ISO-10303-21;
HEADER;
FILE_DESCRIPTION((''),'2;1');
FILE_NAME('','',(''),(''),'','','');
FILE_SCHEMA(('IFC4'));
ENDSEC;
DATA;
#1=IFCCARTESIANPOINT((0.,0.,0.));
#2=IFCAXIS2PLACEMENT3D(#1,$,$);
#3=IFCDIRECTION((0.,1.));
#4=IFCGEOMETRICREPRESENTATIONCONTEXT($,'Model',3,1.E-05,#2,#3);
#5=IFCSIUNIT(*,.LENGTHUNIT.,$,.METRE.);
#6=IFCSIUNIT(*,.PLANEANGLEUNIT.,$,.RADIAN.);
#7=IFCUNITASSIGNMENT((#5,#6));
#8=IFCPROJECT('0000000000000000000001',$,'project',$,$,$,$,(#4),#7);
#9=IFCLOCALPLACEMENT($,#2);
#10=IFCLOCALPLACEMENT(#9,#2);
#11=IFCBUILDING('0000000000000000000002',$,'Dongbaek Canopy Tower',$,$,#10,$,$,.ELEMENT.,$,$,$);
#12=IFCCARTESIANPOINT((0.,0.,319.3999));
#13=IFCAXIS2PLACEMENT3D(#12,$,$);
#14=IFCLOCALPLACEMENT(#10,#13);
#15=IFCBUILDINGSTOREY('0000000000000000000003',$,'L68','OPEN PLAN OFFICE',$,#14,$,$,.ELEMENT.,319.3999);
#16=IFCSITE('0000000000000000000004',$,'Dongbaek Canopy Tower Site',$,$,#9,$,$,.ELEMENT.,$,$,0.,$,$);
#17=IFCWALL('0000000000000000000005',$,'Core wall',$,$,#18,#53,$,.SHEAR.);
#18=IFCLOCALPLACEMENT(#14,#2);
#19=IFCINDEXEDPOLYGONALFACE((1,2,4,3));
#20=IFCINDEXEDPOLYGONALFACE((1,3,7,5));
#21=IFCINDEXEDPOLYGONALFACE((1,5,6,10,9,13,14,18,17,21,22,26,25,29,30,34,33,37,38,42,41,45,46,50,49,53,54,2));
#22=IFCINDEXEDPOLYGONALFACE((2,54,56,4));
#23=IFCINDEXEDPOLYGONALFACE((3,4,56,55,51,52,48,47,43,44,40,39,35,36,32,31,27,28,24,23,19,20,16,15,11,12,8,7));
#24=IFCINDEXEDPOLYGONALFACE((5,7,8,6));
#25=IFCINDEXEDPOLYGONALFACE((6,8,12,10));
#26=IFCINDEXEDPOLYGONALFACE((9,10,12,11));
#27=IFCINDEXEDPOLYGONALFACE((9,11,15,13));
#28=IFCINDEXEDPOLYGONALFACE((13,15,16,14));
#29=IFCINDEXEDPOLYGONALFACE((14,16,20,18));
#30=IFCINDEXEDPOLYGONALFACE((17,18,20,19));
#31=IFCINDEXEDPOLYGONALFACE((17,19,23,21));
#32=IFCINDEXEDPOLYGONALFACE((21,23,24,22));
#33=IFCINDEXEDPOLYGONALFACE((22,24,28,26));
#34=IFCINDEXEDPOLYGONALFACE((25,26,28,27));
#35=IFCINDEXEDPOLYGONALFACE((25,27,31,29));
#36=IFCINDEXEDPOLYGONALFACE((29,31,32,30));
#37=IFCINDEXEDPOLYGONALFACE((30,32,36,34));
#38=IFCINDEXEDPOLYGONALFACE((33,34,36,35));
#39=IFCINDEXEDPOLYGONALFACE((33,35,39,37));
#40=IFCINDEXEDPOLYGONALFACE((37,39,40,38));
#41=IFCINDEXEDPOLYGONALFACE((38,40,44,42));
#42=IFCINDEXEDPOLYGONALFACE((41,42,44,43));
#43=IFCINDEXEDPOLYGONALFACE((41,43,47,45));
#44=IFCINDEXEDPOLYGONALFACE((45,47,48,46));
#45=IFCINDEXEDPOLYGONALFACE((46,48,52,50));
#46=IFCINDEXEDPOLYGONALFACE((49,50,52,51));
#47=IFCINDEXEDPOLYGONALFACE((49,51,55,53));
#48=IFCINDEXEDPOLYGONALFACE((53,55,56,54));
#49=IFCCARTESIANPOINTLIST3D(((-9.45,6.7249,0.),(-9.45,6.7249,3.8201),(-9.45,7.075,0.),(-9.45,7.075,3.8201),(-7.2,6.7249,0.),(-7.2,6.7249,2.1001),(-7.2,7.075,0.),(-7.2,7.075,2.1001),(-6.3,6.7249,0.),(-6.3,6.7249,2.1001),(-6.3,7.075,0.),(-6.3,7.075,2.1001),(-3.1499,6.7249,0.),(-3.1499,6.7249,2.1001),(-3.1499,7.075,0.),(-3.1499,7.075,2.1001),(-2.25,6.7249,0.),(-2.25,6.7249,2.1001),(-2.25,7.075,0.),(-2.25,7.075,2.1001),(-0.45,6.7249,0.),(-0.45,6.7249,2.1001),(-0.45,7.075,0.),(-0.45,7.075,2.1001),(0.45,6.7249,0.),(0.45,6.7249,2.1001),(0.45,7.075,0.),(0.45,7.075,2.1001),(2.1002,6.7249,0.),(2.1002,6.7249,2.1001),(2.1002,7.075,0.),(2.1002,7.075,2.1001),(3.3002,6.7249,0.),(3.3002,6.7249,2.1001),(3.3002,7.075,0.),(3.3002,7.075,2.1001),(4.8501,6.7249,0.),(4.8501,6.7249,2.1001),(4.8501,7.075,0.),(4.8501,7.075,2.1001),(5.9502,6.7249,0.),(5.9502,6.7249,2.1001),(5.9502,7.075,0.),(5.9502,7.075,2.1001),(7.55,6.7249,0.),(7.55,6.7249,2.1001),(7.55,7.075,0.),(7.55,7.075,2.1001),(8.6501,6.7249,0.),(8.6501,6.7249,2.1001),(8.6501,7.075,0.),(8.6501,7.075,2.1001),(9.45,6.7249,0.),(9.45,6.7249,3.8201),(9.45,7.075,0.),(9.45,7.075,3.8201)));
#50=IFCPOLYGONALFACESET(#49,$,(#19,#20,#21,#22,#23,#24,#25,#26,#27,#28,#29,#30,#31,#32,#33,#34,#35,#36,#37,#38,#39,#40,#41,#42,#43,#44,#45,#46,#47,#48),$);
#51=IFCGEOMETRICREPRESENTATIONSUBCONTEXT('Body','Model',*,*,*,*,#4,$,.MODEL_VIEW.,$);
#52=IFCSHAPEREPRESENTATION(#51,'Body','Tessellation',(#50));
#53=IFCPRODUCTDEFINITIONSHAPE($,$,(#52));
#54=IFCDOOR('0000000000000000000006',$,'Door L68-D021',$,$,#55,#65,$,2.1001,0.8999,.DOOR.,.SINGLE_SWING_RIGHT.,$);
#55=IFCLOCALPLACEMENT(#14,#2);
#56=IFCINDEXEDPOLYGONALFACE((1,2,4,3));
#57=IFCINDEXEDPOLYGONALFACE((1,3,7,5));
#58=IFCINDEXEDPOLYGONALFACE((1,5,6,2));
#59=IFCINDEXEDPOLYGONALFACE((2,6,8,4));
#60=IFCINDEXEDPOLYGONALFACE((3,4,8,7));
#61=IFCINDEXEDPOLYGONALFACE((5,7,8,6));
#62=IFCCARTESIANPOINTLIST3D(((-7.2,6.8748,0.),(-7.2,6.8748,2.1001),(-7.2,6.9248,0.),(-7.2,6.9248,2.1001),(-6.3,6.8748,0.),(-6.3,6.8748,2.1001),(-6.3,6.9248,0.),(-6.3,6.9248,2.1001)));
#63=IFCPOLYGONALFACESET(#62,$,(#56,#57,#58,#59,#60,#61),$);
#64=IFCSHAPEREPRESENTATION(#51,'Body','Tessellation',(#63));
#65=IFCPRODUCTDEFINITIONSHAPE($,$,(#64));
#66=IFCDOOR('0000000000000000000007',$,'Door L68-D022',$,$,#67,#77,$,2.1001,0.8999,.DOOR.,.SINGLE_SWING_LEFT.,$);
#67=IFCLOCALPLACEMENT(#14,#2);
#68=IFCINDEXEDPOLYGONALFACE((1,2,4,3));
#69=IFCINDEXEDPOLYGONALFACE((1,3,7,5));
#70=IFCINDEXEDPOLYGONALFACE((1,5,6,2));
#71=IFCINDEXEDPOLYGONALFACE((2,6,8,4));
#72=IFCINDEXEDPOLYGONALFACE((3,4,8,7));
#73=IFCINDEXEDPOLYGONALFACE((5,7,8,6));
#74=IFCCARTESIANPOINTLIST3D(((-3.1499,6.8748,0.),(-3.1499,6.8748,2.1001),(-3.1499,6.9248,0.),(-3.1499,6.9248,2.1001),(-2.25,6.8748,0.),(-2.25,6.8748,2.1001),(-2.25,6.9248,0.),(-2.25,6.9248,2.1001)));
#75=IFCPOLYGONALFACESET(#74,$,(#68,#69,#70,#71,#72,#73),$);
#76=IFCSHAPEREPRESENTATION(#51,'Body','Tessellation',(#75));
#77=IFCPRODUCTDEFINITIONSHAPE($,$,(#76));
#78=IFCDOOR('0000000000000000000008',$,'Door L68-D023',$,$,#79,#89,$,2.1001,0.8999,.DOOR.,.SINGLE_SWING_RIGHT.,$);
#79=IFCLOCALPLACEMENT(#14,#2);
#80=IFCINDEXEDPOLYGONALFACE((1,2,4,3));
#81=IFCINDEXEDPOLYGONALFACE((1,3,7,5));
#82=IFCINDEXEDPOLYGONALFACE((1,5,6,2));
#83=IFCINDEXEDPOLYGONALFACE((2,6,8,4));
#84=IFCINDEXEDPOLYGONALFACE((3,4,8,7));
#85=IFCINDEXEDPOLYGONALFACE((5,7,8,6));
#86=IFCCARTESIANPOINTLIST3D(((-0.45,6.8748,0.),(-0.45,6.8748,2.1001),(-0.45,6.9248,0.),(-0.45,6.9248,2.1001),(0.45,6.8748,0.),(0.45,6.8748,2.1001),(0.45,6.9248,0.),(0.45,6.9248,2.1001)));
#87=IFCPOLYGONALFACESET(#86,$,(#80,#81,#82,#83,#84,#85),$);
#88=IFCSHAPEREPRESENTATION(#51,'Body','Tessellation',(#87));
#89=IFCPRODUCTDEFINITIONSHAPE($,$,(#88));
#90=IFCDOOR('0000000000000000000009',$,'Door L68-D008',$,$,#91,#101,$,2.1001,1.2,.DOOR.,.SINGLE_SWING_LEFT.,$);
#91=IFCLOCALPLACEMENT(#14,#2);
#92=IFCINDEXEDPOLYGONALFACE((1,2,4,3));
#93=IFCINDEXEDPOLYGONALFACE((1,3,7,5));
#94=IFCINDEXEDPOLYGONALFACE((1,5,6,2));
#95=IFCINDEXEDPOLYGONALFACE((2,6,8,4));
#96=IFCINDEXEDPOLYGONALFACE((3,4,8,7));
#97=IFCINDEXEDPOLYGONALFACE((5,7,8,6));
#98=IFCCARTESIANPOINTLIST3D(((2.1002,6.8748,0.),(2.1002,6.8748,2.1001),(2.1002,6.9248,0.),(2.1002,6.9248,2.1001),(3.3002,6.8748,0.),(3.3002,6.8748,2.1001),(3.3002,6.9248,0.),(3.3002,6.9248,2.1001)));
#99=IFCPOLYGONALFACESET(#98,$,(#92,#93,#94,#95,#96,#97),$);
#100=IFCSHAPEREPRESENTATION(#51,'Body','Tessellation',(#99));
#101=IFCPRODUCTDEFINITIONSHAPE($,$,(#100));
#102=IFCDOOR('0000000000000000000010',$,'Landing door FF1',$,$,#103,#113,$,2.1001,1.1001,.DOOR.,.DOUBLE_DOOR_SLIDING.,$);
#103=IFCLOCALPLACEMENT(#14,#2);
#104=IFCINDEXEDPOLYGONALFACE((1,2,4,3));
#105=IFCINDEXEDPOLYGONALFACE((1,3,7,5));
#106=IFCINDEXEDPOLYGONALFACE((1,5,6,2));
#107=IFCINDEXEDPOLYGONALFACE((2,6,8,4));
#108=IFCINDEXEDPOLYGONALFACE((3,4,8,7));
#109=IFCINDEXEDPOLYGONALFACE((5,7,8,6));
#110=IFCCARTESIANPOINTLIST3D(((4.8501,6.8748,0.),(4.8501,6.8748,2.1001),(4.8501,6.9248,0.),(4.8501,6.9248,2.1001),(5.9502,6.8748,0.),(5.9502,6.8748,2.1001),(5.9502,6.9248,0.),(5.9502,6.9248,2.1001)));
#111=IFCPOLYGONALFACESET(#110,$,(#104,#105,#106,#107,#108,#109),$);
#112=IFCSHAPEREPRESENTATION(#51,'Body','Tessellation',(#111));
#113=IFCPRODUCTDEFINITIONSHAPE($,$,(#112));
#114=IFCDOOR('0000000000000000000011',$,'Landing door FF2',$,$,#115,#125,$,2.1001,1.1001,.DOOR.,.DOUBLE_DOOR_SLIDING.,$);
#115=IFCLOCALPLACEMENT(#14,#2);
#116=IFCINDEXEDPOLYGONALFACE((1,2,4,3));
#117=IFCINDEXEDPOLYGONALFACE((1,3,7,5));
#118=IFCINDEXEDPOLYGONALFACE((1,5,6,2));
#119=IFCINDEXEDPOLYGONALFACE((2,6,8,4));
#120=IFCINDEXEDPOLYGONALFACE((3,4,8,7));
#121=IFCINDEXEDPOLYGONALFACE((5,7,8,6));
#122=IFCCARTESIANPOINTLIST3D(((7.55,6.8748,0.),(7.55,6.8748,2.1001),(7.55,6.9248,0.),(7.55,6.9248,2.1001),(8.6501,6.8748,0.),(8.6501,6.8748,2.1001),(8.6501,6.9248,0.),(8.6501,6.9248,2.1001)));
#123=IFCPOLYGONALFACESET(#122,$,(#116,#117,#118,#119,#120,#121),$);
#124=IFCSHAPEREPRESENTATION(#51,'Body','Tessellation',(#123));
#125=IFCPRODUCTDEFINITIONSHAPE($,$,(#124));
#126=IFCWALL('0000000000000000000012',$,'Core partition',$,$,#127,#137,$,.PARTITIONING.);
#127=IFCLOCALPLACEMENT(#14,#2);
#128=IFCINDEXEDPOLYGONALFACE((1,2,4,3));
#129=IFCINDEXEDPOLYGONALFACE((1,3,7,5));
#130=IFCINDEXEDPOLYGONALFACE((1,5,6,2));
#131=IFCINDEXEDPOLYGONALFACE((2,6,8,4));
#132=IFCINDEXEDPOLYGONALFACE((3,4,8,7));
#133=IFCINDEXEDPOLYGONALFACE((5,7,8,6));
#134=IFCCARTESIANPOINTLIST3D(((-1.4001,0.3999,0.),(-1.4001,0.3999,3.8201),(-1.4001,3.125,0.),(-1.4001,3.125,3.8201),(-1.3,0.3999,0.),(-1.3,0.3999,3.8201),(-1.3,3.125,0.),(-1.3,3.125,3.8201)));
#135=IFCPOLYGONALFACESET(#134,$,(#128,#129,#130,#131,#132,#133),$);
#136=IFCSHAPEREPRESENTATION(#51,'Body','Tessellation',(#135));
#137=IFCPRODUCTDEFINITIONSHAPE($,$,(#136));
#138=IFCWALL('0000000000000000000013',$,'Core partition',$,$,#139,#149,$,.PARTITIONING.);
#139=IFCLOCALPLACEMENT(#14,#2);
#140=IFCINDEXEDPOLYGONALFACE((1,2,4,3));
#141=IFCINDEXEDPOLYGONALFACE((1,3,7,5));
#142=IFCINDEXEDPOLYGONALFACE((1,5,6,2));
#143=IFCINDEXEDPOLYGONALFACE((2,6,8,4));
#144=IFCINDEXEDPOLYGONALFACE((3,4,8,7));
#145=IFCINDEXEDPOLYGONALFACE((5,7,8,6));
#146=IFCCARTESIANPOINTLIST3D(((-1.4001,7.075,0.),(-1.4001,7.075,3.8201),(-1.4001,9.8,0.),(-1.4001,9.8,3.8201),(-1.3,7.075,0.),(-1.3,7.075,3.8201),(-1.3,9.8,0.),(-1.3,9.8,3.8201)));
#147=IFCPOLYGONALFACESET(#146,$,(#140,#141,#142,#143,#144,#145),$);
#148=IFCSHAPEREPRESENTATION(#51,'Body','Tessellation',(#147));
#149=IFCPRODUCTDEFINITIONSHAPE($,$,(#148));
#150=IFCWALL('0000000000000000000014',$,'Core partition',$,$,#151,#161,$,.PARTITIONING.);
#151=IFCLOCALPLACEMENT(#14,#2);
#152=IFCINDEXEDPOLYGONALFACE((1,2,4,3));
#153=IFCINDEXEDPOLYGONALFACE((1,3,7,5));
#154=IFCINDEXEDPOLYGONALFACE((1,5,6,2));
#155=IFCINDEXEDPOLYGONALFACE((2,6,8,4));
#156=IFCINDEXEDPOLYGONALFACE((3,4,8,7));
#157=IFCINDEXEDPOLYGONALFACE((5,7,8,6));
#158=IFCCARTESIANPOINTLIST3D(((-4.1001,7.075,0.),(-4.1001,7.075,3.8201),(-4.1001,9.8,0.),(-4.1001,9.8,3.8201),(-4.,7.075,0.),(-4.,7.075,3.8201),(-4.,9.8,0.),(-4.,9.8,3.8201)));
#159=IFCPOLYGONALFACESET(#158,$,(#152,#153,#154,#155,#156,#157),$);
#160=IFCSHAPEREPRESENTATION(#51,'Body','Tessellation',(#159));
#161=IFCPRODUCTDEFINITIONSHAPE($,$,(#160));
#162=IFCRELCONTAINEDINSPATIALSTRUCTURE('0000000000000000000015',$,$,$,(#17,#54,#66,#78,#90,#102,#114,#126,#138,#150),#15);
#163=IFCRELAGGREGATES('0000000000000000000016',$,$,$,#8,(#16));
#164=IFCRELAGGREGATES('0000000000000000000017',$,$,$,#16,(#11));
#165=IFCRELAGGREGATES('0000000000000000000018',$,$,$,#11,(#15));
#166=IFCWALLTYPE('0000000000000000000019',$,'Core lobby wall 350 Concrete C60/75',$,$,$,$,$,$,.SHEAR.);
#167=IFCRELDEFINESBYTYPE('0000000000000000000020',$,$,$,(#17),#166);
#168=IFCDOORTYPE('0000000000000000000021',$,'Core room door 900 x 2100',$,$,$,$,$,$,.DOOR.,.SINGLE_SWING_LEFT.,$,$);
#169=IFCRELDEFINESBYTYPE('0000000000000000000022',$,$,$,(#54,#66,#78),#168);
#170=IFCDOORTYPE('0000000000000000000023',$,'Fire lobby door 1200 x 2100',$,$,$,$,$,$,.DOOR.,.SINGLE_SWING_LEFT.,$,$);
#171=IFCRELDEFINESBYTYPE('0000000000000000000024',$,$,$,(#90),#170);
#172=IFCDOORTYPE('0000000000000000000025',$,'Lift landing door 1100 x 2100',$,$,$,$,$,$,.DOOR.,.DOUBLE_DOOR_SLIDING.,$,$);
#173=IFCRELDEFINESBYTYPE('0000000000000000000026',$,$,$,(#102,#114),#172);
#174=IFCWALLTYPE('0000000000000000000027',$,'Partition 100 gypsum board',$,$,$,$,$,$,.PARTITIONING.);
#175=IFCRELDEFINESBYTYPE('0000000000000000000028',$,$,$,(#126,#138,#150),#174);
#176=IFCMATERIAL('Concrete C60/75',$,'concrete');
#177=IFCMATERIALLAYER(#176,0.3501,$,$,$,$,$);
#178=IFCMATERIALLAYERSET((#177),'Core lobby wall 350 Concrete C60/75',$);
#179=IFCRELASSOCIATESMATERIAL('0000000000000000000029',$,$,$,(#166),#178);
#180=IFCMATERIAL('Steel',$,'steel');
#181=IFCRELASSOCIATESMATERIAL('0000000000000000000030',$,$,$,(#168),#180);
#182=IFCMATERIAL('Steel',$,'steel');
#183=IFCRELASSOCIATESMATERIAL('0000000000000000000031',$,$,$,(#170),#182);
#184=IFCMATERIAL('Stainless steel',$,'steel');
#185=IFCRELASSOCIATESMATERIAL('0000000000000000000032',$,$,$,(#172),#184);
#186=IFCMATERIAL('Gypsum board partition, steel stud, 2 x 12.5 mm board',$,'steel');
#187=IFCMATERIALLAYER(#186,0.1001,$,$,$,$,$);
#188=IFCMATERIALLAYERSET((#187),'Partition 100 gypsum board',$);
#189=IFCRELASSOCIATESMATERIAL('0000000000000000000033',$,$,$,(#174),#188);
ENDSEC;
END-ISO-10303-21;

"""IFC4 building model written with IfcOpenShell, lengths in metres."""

from ifc_helpers import new_model, si_unit, direction, frame, frame_2d, origin, place, context, subcontext, project, spatial, rectangle, extrude, material, layer, layer_set, type_object, element, fill, save


model = new_model("IFC4")

# Units and contexts
model_context = context("Model", 3, precision=1e-05, world=origin(), true_north=direction((0.0, 1.0)))
body_context = subcontext(model_context, "Body", "Model", "MODEL_VIEW")
ifc_project = project(units=[si_unit("LENGTHUNIT", "METRE"), si_unit("PLANEANGLEUNIT", "RADIAN")], contexts=[model_context])

# Site, building, storey
site_placement = place(None, origin())
site = spatial("IfcSite", under=ifc_project, at=site_placement, Name="Dongbaek Canopy Tower Site", CompositionType="ELEMENT", RefElevation=0.0)
building_placement = place(site_placement, origin())
building = spatial("IfcBuilding", under=site, at=building_placement, Name="Dongbaek Canopy Tower", CompositionType="ELEMENT")
storey_placement = place(building_placement, frame((0.0, 0.0, 319.3999)))
storey = spatial("IfcBuildingStorey", under=building, at=storey_placement, Name="L68", Description="OPEN PLAN OFFICE", CompositionType="ELEMENT", Elevation=319.3999)

# Wall, openings, doors
ifc_material_1 = material(Name="Concrete C60/75", Category="concrete")
ifc_layer_1 = layer(ifc_material_1, 0.3501)
ifc_layer_set_1 = layer_set([ifc_layer_1], Name="Core lobby wall 350 Concrete C60/75")
wall_type_1 = type_object("IfcWallType", Name="Core lobby wall 350 Concrete C60/75", PredefinedType="SHEAR", material=ifc_layer_set_1)
wall_1_placement = place(storey_placement, frame((-9.45, 6.8999, 0.0), z_axis=(0.0, 0.0, 1.0), x_axis=(1.0, 0.0, 0.0)))
wall_1 = element("IfcWall", 1, at=wall_1_placement, inside=storey, type_object=wall_type_1, Name="Core wall", PredefinedType="SHEAR", context=body_context, shape_type="SweptSolid", body=[
    extrude(rectangle(XDim=18.8999, YDim=0.3501, at=frame_2d((9.45, 0.0))), origin(), (0.0, 0.0, 1.0), 3.8201),
])
opening_1_placement = place(wall_1_placement, frame((11.55, 0.0, 0.0)))
opening_1 = element("IfcOpeningElement", 2, at=opening_1_placement, cuts=wall_1, PredefinedType="OPENING", context=body_context, shape_type="SweptSolid", body=[
    extrude(rectangle(XDim=1.2, YDim=2.1001, at=frame_2d((0.6001, 1.05))), frame((0.0, 0.1851, 0.0), z_axis=(0.0, -1.0, 0.0), x_axis=(1.0, 0.0, 0.0)), (0.0, 0.0, 1.0), 0.3701),
])
opening_2_placement = place(wall_1_placement, frame((14.3, 0.0, 0.0)))
opening_2 = element("IfcOpeningElement", 3, at=opening_2_placement, cuts=wall_1, PredefinedType="OPENING", context=body_context, shape_type="SweptSolid", body=[
    extrude(rectangle(XDim=1.1001, YDim=2.1001, at=frame_2d((0.55, 1.05))), frame((0.0, 0.1851, 0.0), z_axis=(0.0, -1.0, 0.0), x_axis=(1.0, 0.0, 0.0)), (0.0, 0.0, 1.0), 0.3701),
])
opening_3_placement = place(wall_1_placement, frame((17.0, 0.0, 0.0)))
opening_3 = element("IfcOpeningElement", 4, at=opening_3_placement, cuts=wall_1, PredefinedType="OPENING", context=body_context, shape_type="SweptSolid", body=[
    extrude(rectangle(XDim=1.1001, YDim=2.1001, at=frame_2d((0.55, 1.05))), frame((0.0, 0.1851, 0.0), z_axis=(0.0, -1.0, 0.0), x_axis=(1.0, 0.0, 0.0)), (0.0, 0.0, 1.0), 0.3701),
])
opening_4_placement = place(wall_1_placement, frame((2.25, 0.0, 0.0)))
opening_4 = element("IfcOpeningElement", 5, at=opening_4_placement, cuts=wall_1, PredefinedType="OPENING", context=body_context, shape_type="SweptSolid", body=[
    extrude(rectangle(XDim=0.8999, YDim=2.1001, at=frame_2d((0.45, 1.05))), frame((0.0, 0.1851, 0.0), z_axis=(0.0, -1.0, 0.0), x_axis=(1.0, 0.0, 0.0)), (0.0, 0.0, 1.0), 0.3701),
])
opening_5_placement = place(wall_1_placement, frame((6.3, 0.0, 0.0)))
opening_5 = element("IfcOpeningElement", 6, at=opening_5_placement, cuts=wall_1, PredefinedType="OPENING", context=body_context, shape_type="SweptSolid", body=[
    extrude(rectangle(XDim=0.8999, YDim=2.1001, at=frame_2d((0.45, 1.05))), frame((0.0, 0.1851, 0.0), z_axis=(0.0, -1.0, 0.0), x_axis=(1.0, 0.0, 0.0)), (0.0, 0.0, 1.0), 0.3701),
])
opening_6_placement = place(wall_1_placement, frame((9.0, 0.0, 0.0)))
opening_6 = element("IfcOpeningElement", 7, at=opening_6_placement, cuts=wall_1, PredefinedType="OPENING", context=body_context, shape_type="SweptSolid", body=[
    extrude(rectangle(XDim=0.8999, YDim=2.1001, at=frame_2d((0.45, 1.05))), frame((0.0, 0.1851, 0.0), z_axis=(0.0, -1.0, 0.0), x_axis=(1.0, 0.0, 0.0)), (0.0, 0.0, 1.0), 0.3701),
])
ifc_material_2 = material(Name="Steel", Category="steel")
door_type_1 = type_object("IfcDoorType", Name="Core room door 900 x 2100", OperationType="SINGLE_SWING_LEFT", PredefinedType="DOOR", material=ifc_material_2)
door_1_placement = place(opening_4_placement, origin())
door_1 = element("IfcDoor", 8, at=door_1_placement, inside=storey, type_object=door_type_1, Name="Door L68-D021", OperationType="SINGLE_SWING_RIGHT", OverallHeight=2.1001, OverallWidth=0.8999, PredefinedType="DOOR", context=body_context, shape_type="SweptSolid", body=[
    extrude(rectangle(XDim=0.8999, YDim=2.1001, at=frame_2d((0.45, 1.05))), frame((0.0, 0.0249, 0.0), z_axis=(0.0, -1.0, 0.0), x_axis=(1.0, 0.0, 0.0)), (0.0, 0.0, 1.0), 0.05),
])
fill(opening_4, door_1)
door_2_placement = place(opening_5_placement, origin())
door_2 = element("IfcDoor", 9, at=door_2_placement, inside=storey, type_object=door_type_1, Name="Door L68-D022", OperationType="SINGLE_SWING_LEFT", OverallHeight=2.1001, OverallWidth=0.8999, PredefinedType="DOOR", context=body_context, shape_type="SweptSolid", body=[
    extrude(rectangle(XDim=0.8999, YDim=2.1001, at=frame_2d((0.45, 1.05))), frame((0.0, 0.0249, 0.0), z_axis=(0.0, -1.0, 0.0), x_axis=(1.0, 0.0, 0.0)), (0.0, 0.0, 1.0), 0.05),
])
fill(opening_5, door_2)
door_3_placement = place(opening_6_placement, origin())
door_3 = element("IfcDoor", 10, at=door_3_placement, inside=storey, type_object=door_type_1, Name="Door L68-D023", OperationType="SINGLE_SWING_RIGHT", OverallHeight=2.1001, OverallWidth=0.8999, PredefinedType="DOOR", context=body_context, shape_type="SweptSolid", body=[
    extrude(rectangle(XDim=0.8999, YDim=2.1001, at=frame_2d((0.45, 1.05))), frame((0.0, 0.0249, 0.0), z_axis=(0.0, -1.0, 0.0), x_axis=(1.0, 0.0, 0.0)), (0.0, 0.0, 1.0), 0.05),
])
fill(opening_6, door_3)
ifc_material_3 = material(Name="Steel", Category="steel")
door_type_2 = type_object("IfcDoorType", Name="Fire lobby door 1200 x 2100", OperationType="SINGLE_SWING_LEFT", PredefinedType="DOOR", material=ifc_material_3)
door_4_placement = place(opening_1_placement, origin())
door_4 = element("IfcDoor", 11, at=door_4_placement, inside=storey, type_object=door_type_2, Name="Door L68-D008", OperationType="SINGLE_SWING_LEFT", OverallHeight=2.1001, OverallWidth=1.2, PredefinedType="DOOR", context=body_context, shape_type="SweptSolid", body=[
    extrude(rectangle(XDim=1.2, YDim=2.1001, at=frame_2d((0.6001, 1.05))), frame((0.0, 0.0249, 0.0), z_axis=(0.0, -1.0, 0.0), x_axis=(1.0, 0.0, 0.0)), (0.0, 0.0, 1.0), 0.05),
])
fill(opening_1, door_4)
ifc_material_4 = material(Name="Stainless steel", Category="steel")
door_type_3 = type_object("IfcDoorType", Name="Lift landing door 1100 x 2100", OperationType="DOUBLE_DOOR_SLIDING", PredefinedType="DOOR", material=ifc_material_4)
door_5_placement = place(opening_2_placement, origin())
door_5 = element("IfcDoor", 12, at=door_5_placement, inside=storey, type_object=door_type_3, Name="Landing door FF1", OperationType="DOUBLE_DOOR_SLIDING", OverallHeight=2.1001, OverallWidth=1.1001, PredefinedType="DOOR", context=body_context, shape_type="SweptSolid", body=[
    extrude(rectangle(XDim=1.1001, YDim=2.1001, at=frame_2d((0.55, 1.05))), frame((0.0, 0.0249, 0.0), z_axis=(0.0, -1.0, 0.0), x_axis=(1.0, 0.0, 0.0)), (0.0, 0.0, 1.0), 0.05),
])
fill(opening_2, door_5)
door_6_placement = place(opening_3_placement, origin())
door_6 = element("IfcDoor", 13, at=door_6_placement, inside=storey, type_object=door_type_3, Name="Landing door FF2", OperationType="DOUBLE_DOOR_SLIDING", OverallHeight=2.1001, OverallWidth=1.1001, PredefinedType="DOOR", context=body_context, shape_type="SweptSolid", body=[
    extrude(rectangle(XDim=1.1001, YDim=2.1001, at=frame_2d((0.55, 1.05))), frame((0.0, 0.0249, 0.0), z_axis=(0.0, -1.0, 0.0), x_axis=(1.0, 0.0, 0.0)), (0.0, 0.0, 1.0), 0.05),
])
fill(opening_3, door_6)

# Walls
ifc_material_5 = material(Name="Gypsum board partition, steel stud, 2 x 12.5 mm board", Category="steel")
ifc_layer_2 = layer(ifc_material_5, 0.1001)
ifc_layer_set_2 = layer_set([ifc_layer_2], Name="Partition 100 gypsum board")
wall_type_2 = type_object("IfcWallType", Name="Partition 100 gypsum board", PredefinedType="PARTITIONING", material=ifc_layer_set_2)
for number, where, z_axis, x_axis, name in (
    (14, (-1.3501, 0.3999, 0.0), (0.0, 0.0, 1.0), (0.0, 1.0, 0.0), "Core partition"),
    (15, (-1.3501, 7.075, 0.0), (0.0, 0.0, 1.0), (0.0, 1.0, 0.0), "Core partition"),
    (16, (-4.05, 7.075, 0.0), (0.0, 0.0, 1.0), (0.0, 1.0, 0.0), "Core partition"),
):
    element("IfcWall", number, at=place(storey_placement, frame(where, z_axis=z_axis, x_axis=x_axis)), inside=storey, type_object=wall_type_2, Name=name, PredefinedType="PARTITIONING", context=body_context, shape_type="SweptSolid", body=[
        extrude(rectangle(XDim=2.7251, YDim=0.1001, at=frame_2d((1.3625, 0.0))), origin(), (0.0, 0.0, 1.0), 3.8201),
    ])

save(model, "model.ifc")
